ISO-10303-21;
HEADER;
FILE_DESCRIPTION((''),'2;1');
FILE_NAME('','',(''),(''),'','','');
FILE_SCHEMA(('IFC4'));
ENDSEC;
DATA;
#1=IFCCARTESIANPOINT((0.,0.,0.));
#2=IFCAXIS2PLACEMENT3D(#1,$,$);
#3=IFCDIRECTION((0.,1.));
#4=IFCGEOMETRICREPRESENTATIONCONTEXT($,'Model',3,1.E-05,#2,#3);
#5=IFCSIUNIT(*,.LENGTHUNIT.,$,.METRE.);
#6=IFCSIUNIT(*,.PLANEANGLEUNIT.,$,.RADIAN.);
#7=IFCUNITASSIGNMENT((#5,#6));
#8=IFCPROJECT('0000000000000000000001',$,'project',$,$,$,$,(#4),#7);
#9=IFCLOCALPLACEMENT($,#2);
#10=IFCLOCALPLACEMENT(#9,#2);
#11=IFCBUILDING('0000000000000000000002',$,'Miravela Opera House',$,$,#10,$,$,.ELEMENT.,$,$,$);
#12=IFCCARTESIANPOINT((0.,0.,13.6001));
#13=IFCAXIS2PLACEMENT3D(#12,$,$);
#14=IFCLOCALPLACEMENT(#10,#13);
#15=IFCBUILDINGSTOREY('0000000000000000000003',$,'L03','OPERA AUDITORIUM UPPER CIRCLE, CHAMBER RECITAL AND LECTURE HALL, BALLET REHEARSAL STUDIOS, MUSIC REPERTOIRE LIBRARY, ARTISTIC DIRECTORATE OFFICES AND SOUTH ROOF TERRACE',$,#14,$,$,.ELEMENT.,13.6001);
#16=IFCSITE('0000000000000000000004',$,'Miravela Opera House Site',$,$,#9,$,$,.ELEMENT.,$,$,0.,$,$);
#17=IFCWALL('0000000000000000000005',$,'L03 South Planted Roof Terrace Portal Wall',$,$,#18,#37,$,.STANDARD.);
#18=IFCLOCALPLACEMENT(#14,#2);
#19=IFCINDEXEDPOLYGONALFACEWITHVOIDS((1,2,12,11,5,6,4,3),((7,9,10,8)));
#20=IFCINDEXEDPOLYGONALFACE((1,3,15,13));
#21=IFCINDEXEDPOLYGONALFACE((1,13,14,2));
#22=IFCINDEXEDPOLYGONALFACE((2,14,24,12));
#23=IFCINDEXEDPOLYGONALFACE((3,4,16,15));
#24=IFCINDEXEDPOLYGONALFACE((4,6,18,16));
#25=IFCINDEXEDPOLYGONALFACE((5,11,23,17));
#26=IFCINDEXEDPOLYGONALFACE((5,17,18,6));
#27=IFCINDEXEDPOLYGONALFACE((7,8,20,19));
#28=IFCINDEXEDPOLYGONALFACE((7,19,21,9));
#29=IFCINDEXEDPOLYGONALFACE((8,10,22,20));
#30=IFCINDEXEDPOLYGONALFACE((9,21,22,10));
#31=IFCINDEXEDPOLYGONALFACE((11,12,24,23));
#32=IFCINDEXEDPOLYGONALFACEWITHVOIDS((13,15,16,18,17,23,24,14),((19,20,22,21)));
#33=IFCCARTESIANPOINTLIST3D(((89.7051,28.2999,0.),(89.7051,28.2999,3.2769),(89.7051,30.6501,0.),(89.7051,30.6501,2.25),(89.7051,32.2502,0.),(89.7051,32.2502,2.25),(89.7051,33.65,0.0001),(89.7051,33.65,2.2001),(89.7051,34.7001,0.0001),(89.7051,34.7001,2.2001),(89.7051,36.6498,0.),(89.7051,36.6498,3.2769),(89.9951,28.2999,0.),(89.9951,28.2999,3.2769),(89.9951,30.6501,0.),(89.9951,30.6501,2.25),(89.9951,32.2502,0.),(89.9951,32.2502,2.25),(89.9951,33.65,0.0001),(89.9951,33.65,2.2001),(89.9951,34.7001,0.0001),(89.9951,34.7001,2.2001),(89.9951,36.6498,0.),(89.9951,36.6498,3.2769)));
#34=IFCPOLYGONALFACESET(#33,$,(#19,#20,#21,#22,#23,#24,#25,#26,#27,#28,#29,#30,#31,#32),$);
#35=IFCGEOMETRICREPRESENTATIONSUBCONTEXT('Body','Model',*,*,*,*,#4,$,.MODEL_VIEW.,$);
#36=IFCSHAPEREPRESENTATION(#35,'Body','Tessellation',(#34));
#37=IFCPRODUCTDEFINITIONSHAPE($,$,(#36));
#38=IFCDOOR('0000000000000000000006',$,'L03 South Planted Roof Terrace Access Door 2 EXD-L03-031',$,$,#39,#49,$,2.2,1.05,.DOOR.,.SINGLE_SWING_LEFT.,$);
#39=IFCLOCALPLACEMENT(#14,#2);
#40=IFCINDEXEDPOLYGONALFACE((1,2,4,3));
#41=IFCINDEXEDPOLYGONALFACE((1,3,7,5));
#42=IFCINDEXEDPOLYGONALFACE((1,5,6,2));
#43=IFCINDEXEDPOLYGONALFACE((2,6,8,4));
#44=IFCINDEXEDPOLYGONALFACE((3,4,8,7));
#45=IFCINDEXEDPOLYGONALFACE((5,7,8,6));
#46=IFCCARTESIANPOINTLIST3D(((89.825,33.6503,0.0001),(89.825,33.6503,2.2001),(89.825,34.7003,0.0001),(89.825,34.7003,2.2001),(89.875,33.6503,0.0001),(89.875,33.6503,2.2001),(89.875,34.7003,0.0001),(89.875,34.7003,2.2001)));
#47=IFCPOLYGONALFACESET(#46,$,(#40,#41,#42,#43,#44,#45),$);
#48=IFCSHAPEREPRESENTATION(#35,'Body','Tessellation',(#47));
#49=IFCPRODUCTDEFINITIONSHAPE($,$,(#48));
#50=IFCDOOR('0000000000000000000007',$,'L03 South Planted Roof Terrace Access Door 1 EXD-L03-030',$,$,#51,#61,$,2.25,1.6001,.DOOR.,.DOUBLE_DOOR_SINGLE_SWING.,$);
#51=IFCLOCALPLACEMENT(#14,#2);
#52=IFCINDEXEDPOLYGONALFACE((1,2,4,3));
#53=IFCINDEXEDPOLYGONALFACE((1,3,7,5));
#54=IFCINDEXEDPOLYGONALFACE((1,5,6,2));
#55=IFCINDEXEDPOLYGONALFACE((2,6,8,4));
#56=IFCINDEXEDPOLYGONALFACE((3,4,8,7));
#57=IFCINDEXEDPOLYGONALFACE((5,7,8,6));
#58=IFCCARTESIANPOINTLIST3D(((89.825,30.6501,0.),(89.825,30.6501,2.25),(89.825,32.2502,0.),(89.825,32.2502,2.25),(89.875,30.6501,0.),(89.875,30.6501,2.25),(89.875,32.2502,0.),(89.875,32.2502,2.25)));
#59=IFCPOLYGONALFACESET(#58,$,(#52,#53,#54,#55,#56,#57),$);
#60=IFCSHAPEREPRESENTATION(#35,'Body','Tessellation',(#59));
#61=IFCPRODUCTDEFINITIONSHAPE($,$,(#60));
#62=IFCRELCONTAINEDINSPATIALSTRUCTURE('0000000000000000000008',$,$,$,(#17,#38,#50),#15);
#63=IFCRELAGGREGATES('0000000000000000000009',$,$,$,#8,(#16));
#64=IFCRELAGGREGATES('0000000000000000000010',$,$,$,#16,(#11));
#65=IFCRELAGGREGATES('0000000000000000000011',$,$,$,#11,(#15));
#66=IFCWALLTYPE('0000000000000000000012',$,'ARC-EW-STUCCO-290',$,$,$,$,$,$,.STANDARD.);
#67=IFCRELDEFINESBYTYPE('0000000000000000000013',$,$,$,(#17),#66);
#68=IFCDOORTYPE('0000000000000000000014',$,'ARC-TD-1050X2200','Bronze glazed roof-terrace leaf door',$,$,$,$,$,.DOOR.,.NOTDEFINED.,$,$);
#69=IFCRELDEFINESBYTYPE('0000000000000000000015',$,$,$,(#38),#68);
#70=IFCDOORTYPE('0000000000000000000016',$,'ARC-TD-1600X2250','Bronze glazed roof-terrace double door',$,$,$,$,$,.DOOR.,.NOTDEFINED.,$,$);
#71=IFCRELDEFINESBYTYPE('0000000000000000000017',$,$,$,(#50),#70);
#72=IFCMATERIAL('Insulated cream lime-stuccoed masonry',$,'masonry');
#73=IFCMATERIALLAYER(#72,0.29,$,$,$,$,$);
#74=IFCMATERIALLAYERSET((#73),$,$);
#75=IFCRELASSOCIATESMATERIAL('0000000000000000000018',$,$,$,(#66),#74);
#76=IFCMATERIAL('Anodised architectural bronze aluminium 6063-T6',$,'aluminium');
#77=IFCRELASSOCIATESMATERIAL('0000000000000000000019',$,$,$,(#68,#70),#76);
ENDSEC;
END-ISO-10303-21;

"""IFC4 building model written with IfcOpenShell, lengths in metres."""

from ifc_helpers import new_model, si_unit, direction, frame, frame_2d, origin, place, context, subcontext, project, spatial, rectangle, extrude, material, layer, layer_set, type_object, element, fill, save


model = new_model("IFC4")

# Units and contexts
model_context = context("Model", 3, precision=1e-05, world=origin(), true_north=direction((0.0, 1.0)))
body_context = subcontext(model_context, "Body", "Model", "MODEL_VIEW")
ifc_project = project(units=[si_unit("LENGTHUNIT", "METRE"), si_unit("PLANEANGLEUNIT", "RADIAN")], contexts=[model_context])

# Site, building, storey
site_placement = place(None, origin())
site = spatial("IfcSite", under=ifc_project, at=site_placement, Name="Miravela Opera House Site", CompositionType="ELEMENT", RefElevation=0.0)
building_placement = place(site_placement, origin())
building = spatial("IfcBuilding", under=site, at=building_placement, Name="Miravela Opera House", CompositionType="ELEMENT")
storey_placement = place(building_placement, frame((0.0, 0.0, 13.6001)))
storey = spatial("IfcBuildingStorey", under=building, at=storey_placement, Name="L03", Description="OPERA AUDITORIUM UPPER CIRCLE, CHAMBER RECITAL AND LECTURE HALL, BALLET REHEARSAL STUDIOS, MUSIC REPERTOIRE LIBRARY, ARTISTIC DIRECTORATE OFFICES AND SOUTH ROOF TERRACE", CompositionType="ELEMENT", Elevation=13.6001)

# Shared definitions
ifc_material_1 = material(Name="Anodised architectural bronze aluminium 6063-T6", Category="aluminium")

# Wall, openings, doors
ifc_material_2 = material(Name="Insulated cream lime-stuccoed masonry", Category="masonry")
ifc_layer_1 = layer(ifc_material_2, 0.29)
ifc_layer_set_1 = layer_set([ifc_layer_1])
wall_type = type_object("IfcWallType", Name="ARC-EW-STUCCO-290", PredefinedType="STANDARD", material=ifc_layer_set_1)
wall_placement = place(storey_placement, frame((89.8501, 28.3, 0.0), z_axis=(0.0, 0.0, 1.0), x_axis=(0.0, 1.0, 0.0)))
wall = element("IfcWall", 1, at=wall_placement, inside=storey, type_object=wall_type, Name="L03 South Planted Roof Terrace Portal Wall", PredefinedType="STANDARD", context=body_context, shape_type="SweptSolid", body=[
    extrude(rectangle(XDim=8.3499, YDim=0.29, at=frame_2d((4.1748, 0.0))), origin(), (0.0, 0.0, 1.0), 3.2769),
])
opening_1_placement = place(wall_placement, frame((2.3501, 0.0, 0.0)))
opening_1 = element("IfcOpeningElement", 2, at=opening_1_placement, cuts=wall, PredefinedType="OPENING", context=body_context, shape_type="SweptSolid", body=[
    extrude(rectangle(XDim=1.6001, YDim=2.25, at=frame_2d((0.8, 1.125))), frame((0.0, 0.155, 0.0), z_axis=(0.0, -1.0, 0.0), x_axis=(1.0, 0.0, 0.0)), (0.0, 0.0, 1.0), 0.3101),
])
opening_2_placement = place(wall_placement, frame((5.3501, 0.0, 0.0)))
opening_2 = element("IfcOpeningElement", 3, at=opening_2_placement, cuts=wall, PredefinedType="OPENING", context=body_context, shape_type="SweptSolid", body=[
    extrude(rectangle(XDim=1.05, YDim=2.2, at=frame_2d((0.5249, 1.1001))), frame((0.0, 0.155, 0.0), z_axis=(0.0, -1.0, 0.0), x_axis=(1.0, 0.0, 0.0)), (0.0, 0.0, 1.0), 0.3101),
])
door_type_1 = type_object("IfcDoorType", Name="ARC-TD-1050X2200", Description="Bronze glazed roof-terrace leaf door", OperationType="NOTDEFINED", PredefinedType="DOOR", material=ifc_material_1)
door_1_placement = place(opening_2_placement, frame((1.05, 0.0, 0.0), z_axis=(0.0, 0.0, 1.0), x_axis=(-1.0, 0.0, 0.0)))
door_1 = element("IfcDoor", 4, at=door_1_placement, inside=storey, type_object=door_type_1, Name="L03 South Planted Roof Terrace Access Door 2 EXD-L03-031", OperationType="SINGLE_SWING_LEFT", OverallHeight=2.2, OverallWidth=1.05, PredefinedType="DOOR", context=body_context, shape_type="SweptSolid", body=[
    extrude(rectangle(XDim=1.05, YDim=2.2, at=frame_2d((0.5249, 1.1001))), frame((0.0, 0.0249, 0.0), z_axis=(0.0, -1.0, 0.0), x_axis=(1.0, 0.0, 0.0)), (0.0, 0.0, 1.0), 0.05),
])
fill(opening_2, door_1)
door_type_2 = type_object("IfcDoorType", Name="ARC-TD-1600X2250", Description="Bronze glazed roof-terrace double door", OperationType="NOTDEFINED", PredefinedType="DOOR", material=ifc_material_1)
door_2_placement = place(opening_1_placement, frame((1.6001, 0.0, 0.0), z_axis=(0.0, 0.0, 1.0), x_axis=(-1.0, 0.0, 0.0)))
door_2 = element("IfcDoor", 5, at=door_2_placement, inside=storey, type_object=door_type_2, Name="L03 South Planted Roof Terrace Access Door 1 EXD-L03-030", OperationType="DOUBLE_DOOR_SINGLE_SWING", OverallHeight=2.25, OverallWidth=1.6001, PredefinedType="DOOR", context=body_context, shape_type="SweptSolid", body=[
    extrude(rectangle(XDim=1.6001, YDim=2.25, at=frame_2d((0.8, 1.125))), frame((0.0, 0.0249, 0.0), z_axis=(0.0, -1.0, 0.0), x_axis=(1.0, 0.0, 0.0)), (0.0, 0.0, 1.0), 0.05),
])
fill(opening_1, door_2)

save(model, "model.ifc")
